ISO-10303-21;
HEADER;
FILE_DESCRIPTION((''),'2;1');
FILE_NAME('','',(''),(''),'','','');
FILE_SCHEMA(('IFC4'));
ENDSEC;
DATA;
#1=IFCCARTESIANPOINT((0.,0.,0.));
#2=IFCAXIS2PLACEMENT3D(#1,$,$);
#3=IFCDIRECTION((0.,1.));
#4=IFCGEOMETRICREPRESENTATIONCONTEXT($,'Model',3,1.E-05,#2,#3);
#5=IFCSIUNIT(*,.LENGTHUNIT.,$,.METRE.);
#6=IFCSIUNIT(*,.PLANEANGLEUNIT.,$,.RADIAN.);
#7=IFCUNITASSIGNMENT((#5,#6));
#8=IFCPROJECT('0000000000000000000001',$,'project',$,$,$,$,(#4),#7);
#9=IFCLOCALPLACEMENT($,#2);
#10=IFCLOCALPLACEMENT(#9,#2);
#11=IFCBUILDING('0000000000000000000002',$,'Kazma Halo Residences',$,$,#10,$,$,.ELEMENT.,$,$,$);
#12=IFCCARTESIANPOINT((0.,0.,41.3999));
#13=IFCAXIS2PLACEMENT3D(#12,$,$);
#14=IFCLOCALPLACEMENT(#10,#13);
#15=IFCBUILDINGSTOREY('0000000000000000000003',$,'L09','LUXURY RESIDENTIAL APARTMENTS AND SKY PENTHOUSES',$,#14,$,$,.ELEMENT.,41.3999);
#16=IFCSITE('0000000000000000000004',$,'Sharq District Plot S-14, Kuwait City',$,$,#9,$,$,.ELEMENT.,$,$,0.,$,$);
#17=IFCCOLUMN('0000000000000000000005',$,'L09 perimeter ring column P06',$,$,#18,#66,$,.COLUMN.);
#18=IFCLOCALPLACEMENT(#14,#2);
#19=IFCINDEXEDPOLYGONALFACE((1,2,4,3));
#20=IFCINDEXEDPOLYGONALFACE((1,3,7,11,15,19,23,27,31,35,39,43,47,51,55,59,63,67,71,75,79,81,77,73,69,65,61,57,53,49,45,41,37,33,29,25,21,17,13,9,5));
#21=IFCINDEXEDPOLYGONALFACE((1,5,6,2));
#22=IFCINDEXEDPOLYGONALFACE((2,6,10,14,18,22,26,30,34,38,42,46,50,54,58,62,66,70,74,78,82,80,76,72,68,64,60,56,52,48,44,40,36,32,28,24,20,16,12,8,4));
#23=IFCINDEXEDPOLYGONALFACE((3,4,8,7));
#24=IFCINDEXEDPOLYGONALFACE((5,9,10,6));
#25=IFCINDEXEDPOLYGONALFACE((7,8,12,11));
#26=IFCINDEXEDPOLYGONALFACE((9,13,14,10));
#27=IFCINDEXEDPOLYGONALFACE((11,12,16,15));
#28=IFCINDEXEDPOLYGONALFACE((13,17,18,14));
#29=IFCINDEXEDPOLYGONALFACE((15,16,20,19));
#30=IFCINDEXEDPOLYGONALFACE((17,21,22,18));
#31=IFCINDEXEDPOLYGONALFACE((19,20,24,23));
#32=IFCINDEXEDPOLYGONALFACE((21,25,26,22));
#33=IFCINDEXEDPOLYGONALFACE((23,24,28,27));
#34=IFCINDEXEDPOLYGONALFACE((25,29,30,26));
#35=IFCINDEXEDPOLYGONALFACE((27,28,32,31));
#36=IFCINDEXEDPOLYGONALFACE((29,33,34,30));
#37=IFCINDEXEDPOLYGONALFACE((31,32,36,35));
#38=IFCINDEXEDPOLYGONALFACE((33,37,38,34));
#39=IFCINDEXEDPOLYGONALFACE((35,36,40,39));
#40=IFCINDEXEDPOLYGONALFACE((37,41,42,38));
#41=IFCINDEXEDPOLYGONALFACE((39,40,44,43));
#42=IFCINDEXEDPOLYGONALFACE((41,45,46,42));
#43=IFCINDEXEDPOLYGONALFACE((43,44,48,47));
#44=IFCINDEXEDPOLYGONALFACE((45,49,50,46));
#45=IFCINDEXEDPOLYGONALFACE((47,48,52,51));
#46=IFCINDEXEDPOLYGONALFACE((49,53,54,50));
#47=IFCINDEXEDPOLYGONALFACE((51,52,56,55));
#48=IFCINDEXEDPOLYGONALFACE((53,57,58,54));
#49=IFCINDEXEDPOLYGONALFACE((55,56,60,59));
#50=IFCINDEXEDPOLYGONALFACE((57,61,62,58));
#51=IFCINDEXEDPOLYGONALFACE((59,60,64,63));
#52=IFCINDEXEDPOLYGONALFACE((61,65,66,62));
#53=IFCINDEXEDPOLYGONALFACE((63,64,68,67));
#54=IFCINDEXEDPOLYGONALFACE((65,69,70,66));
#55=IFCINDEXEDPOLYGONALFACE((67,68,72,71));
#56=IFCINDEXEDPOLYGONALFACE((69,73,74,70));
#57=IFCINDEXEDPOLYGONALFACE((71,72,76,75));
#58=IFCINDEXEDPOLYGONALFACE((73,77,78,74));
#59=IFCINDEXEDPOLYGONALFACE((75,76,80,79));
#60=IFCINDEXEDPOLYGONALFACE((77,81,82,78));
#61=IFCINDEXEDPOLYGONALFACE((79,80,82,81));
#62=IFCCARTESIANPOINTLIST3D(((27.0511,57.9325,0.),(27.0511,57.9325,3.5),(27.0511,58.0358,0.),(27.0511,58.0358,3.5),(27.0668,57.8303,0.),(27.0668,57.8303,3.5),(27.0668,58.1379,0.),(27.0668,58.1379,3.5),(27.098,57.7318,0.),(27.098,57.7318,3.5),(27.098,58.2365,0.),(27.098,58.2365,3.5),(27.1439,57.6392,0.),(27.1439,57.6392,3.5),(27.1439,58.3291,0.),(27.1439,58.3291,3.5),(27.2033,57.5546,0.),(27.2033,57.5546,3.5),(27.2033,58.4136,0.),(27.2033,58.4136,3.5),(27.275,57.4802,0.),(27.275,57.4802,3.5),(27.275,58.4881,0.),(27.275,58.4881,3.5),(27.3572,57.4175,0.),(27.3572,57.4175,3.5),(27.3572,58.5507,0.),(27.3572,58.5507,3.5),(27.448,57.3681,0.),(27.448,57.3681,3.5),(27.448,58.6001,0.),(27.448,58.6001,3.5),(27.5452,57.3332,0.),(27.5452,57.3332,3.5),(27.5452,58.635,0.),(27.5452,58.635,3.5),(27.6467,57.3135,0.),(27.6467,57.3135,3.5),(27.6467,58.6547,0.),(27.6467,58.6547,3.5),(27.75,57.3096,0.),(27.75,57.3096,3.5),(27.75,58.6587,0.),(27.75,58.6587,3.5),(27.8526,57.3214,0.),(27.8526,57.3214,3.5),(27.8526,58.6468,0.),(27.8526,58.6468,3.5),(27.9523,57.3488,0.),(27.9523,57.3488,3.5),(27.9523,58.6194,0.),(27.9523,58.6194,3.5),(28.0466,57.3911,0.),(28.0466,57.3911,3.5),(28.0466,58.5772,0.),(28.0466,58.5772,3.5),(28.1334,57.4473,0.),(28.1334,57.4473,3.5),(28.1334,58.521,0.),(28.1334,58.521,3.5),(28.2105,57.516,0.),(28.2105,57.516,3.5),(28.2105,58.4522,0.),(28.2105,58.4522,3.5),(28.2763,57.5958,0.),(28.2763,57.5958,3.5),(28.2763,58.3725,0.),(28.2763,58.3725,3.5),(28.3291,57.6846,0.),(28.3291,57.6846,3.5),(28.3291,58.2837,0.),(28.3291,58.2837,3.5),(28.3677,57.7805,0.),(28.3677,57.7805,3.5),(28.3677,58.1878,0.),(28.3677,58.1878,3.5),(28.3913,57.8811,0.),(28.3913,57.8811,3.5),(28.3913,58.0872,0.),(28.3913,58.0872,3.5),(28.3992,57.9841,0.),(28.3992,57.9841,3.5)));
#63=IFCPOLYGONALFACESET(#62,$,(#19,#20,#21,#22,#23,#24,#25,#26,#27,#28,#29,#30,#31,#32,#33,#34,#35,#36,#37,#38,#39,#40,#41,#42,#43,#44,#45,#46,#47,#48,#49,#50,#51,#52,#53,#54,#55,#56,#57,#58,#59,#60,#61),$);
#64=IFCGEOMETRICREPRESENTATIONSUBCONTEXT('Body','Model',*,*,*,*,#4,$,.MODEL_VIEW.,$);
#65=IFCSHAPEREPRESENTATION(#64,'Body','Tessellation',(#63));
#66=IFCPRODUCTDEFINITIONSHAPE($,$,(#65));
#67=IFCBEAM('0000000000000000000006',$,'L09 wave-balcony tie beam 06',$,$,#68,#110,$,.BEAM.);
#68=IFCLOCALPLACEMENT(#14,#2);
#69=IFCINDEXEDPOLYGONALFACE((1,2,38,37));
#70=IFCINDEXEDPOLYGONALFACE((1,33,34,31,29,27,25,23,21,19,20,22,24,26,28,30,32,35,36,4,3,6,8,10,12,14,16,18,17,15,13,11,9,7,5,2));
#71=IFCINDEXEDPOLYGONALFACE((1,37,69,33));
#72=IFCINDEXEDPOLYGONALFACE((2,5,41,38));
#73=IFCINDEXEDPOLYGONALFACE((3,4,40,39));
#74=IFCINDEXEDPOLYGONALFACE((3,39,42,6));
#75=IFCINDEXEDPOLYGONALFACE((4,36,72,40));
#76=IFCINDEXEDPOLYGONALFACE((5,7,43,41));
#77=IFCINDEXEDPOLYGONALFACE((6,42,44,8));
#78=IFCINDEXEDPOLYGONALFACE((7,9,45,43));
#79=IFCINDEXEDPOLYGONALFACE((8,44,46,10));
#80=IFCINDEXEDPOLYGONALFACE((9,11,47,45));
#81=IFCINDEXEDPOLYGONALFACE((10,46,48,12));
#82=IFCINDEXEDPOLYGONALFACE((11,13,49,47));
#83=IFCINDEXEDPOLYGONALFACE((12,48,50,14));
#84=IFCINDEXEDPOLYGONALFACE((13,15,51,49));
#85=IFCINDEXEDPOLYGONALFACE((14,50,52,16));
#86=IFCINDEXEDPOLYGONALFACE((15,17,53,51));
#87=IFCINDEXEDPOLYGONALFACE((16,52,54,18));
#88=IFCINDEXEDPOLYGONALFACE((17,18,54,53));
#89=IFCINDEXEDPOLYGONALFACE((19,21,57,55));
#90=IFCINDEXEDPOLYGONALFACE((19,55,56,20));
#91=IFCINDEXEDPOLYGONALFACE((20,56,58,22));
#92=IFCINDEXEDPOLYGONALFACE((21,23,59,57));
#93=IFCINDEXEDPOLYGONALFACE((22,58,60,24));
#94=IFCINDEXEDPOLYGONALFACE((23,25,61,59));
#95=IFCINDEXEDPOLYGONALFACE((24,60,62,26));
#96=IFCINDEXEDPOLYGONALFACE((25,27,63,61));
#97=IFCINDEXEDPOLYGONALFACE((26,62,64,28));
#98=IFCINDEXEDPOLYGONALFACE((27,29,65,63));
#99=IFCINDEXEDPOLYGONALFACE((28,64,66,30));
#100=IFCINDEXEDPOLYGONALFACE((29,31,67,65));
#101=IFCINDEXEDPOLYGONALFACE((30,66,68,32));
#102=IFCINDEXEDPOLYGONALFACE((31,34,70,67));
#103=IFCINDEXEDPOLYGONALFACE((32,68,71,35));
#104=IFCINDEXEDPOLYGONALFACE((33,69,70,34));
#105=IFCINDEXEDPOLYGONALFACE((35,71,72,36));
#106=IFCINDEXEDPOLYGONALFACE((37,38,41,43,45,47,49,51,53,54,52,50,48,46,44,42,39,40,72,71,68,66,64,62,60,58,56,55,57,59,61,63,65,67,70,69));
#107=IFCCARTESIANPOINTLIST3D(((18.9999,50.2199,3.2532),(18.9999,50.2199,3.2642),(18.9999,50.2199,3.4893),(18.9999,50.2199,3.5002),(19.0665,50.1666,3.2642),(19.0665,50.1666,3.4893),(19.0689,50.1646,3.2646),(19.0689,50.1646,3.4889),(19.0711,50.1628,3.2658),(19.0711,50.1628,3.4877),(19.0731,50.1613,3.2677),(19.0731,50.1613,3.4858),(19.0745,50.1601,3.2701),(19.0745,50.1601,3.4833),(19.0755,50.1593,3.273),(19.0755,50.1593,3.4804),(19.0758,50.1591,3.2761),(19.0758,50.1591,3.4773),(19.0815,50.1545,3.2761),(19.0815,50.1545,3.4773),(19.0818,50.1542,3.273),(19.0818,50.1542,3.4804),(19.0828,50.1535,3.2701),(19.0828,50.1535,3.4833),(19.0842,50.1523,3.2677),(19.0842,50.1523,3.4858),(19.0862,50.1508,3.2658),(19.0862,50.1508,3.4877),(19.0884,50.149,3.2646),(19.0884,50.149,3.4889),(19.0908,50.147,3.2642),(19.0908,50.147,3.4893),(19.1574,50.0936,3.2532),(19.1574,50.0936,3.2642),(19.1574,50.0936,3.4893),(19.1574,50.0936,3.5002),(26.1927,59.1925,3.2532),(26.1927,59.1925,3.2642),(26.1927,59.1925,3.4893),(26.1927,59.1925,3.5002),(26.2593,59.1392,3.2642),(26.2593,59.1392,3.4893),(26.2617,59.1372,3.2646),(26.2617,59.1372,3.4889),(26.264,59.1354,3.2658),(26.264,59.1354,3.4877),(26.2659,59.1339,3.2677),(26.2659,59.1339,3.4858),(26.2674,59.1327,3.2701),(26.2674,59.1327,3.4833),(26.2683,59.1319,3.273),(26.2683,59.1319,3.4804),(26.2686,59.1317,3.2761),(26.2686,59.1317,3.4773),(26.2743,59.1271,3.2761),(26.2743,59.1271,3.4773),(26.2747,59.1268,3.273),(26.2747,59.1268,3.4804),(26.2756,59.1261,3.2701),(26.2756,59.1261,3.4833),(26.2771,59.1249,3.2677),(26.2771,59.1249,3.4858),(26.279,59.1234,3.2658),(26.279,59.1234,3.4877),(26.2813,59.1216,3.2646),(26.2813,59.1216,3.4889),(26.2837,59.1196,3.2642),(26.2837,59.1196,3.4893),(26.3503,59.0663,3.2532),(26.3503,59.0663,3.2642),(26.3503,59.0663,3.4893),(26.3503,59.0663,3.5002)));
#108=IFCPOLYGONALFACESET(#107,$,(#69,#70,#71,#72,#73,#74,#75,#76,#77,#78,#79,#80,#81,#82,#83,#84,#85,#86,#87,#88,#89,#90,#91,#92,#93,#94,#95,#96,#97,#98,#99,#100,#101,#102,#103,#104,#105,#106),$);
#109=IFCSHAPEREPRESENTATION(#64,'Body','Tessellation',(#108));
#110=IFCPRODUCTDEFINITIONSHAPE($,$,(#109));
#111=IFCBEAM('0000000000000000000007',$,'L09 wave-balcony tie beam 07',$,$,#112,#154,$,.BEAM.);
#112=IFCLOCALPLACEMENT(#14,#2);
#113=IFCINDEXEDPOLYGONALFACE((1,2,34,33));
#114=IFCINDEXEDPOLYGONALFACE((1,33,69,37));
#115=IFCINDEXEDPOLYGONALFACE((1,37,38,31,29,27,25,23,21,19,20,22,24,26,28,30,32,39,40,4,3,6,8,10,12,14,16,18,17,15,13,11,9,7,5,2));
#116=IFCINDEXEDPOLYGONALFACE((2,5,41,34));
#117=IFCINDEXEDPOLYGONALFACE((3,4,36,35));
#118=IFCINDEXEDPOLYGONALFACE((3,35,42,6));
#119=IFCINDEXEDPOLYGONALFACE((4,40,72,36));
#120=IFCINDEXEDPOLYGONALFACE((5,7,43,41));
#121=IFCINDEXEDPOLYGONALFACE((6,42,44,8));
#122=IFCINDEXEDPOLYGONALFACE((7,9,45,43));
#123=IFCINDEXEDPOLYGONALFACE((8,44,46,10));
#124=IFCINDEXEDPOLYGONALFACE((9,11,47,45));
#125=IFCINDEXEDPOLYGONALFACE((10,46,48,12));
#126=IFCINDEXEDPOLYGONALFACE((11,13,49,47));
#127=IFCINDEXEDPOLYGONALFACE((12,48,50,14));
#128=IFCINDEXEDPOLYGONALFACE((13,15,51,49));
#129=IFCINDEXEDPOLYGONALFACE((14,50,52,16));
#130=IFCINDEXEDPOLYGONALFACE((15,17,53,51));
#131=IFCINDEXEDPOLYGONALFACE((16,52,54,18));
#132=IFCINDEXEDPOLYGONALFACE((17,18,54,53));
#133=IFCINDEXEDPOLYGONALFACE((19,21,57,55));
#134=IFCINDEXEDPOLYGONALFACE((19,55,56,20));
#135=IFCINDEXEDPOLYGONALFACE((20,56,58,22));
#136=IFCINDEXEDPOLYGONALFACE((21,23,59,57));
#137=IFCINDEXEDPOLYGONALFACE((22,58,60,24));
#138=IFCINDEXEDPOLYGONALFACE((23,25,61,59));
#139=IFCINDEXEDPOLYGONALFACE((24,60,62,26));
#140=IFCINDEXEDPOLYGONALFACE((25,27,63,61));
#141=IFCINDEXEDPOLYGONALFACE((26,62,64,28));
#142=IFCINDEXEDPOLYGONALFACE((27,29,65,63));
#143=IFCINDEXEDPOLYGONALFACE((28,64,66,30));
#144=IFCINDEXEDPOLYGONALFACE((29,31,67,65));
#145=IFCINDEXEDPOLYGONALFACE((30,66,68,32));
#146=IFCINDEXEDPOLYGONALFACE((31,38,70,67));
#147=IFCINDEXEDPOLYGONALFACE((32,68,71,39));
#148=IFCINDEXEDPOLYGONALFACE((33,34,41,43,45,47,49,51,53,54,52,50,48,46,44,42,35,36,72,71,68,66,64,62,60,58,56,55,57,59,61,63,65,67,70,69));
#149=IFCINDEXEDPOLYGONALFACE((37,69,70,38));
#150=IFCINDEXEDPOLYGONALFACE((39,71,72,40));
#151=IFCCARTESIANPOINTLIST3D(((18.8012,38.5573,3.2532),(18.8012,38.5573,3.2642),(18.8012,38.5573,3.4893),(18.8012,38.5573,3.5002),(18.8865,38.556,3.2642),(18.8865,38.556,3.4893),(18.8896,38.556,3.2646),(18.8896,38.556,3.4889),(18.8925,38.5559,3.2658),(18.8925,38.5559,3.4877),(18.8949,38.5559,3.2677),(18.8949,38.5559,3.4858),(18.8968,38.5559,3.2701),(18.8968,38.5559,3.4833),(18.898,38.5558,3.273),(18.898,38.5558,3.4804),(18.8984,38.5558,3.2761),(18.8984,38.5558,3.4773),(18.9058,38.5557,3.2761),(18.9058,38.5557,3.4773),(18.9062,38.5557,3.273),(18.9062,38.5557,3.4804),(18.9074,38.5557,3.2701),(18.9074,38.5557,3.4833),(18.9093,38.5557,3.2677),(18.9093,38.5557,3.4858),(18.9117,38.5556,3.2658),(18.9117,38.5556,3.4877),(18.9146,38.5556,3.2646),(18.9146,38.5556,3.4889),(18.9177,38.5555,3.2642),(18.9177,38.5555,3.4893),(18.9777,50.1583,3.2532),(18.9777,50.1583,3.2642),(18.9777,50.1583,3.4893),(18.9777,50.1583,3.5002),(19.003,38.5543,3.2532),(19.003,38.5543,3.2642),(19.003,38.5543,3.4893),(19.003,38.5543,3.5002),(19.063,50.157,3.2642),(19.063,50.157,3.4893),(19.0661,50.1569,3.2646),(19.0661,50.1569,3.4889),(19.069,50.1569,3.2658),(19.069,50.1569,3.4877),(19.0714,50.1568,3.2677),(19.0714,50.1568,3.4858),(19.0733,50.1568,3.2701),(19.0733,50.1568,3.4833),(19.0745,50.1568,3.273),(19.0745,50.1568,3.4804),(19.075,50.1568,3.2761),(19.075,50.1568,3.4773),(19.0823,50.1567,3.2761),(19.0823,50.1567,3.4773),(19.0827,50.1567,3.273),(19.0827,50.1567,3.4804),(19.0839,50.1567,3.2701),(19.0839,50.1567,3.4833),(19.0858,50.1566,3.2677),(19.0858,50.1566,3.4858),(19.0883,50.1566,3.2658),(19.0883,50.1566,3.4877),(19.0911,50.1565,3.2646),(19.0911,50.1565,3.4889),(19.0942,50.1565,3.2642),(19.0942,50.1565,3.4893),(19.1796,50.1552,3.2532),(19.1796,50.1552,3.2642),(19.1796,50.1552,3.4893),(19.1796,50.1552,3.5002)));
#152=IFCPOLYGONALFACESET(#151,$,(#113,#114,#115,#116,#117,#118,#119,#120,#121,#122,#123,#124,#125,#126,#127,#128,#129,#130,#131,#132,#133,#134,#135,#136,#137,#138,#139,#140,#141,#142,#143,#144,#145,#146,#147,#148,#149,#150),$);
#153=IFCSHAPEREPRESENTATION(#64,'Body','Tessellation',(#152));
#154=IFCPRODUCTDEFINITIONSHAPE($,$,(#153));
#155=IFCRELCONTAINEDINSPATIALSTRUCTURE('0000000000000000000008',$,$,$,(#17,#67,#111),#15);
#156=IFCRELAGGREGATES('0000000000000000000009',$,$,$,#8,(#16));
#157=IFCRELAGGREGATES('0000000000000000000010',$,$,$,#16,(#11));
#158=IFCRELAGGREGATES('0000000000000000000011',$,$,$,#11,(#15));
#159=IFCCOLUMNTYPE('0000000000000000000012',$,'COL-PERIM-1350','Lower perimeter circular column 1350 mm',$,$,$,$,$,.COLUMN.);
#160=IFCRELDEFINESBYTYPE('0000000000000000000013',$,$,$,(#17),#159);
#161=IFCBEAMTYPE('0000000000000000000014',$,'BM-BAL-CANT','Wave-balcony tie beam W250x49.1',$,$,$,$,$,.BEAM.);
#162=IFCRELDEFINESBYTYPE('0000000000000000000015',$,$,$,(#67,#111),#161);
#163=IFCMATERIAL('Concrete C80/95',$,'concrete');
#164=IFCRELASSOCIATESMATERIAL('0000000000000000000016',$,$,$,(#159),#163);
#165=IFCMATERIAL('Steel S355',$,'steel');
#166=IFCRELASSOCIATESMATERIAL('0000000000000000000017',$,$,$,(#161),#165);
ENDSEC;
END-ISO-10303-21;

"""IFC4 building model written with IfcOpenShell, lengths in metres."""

from ifc_helpers import new_model, si_unit, direction, frame, origin, origin_2d, place, context, subcontext, project, spatial, circle, i_section, extrude, material, material_profile, profile_set, type_object, element, save


model = new_model("IFC4")

# Units and contexts
model_context = context("Model", 3, precision=1e-05, world=origin(), true_north=direction((0.0, 1.0)))
body_context = subcontext(model_context, "Body", "Model", "MODEL_VIEW")
ifc_project = project(units=[si_unit("LENGTHUNIT", "METRE"), si_unit("PLANEANGLEUNIT", "RADIAN")], contexts=[model_context])

# Site, building, storey
site_placement = place(None, origin())
site = spatial("IfcSite", under=ifc_project, at=site_placement, Name="Sharq District Plot S-14, Kuwait City", CompositionType="ELEMENT", RefElevation=0.0)
building_placement = place(site_placement, origin())
building = spatial("IfcBuilding", under=site, at=building_placement, Name="Kazma Halo Residences", CompositionType="ELEMENT")
storey_placement = place(building_placement, frame((0.0, 0.0, 41.3999)))
storey = spatial("IfcBuildingStorey", under=building, at=storey_placement, Name="L09", Description="LUXURY RESIDENTIAL APARTMENTS AND SKY PENTHOUSES", CompositionType="ELEMENT", Elevation=41.3999)

# Column
ifc_material_1 = material(Name="Concrete C80/95", Category="concrete")
ifc_material_profile_1 = material_profile(ifc_material_1, circle(Radius=0.675, at=origin_2d()), Name="CIRC1350")
ifc_profile_set_1 = profile_set([ifc_material_profile_1], Name="Concrete C80/95")
column_type = type_object("IfcColumnType", Name="COL-PERIM-1350", Description="Lower perimeter circular column 1350 mm", PredefinedType="COLUMN", material=ifc_profile_set_1)
column_placement = place(storey_placement, frame((27.7241, 57.9841, 0.0), z_axis=(0.0, 0.0, 1.0), x_axis=(1.0, 0.0, 0.0)))
element("IfcColumn", 1, at=column_placement, inside=storey, type_object=column_type, Name="L09 perimeter ring column P06", PredefinedType="COLUMN", context=body_context, shape_type="SweptSolid", body=[
    extrude(circle(Radius=0.675, at=origin_2d()), origin(), (0.0, 0.0, 1.0), 3.5),
])

# Beams
ifc_material_2 = material(Name="Steel S355", Category="steel")
ifc_material_profile_2 = material_profile(ifc_material_2, i_section(OverallWidth=0.2019, OverallDepth=0.2471, WebThickness=0.0073, FlangeThickness=0.011, FilletRadius=0.012, at=origin_2d()), Name="W250x49.1")
ifc_profile_set_2 = profile_set([ifc_material_profile_2], Name="Steel S355")
beam_type_1 = type_object("IfcBeamType", Name="BM-BAL-CANT", Description="Wave-balcony tie beam W250x49.1", PredefinedType="BEAM", material=ifc_profile_set_2)
beam_1_placement = place(storey_placement, frame((26.2715, 59.1294, 3.3767), z_axis=(-0.625477, -0.780243, 0.0), x_axis=(0.780243, -0.625477, 0.0)))
element("IfcBeam", 2, at=beam_1_placement, inside=storey, type_object=beam_type_1, Name="L09 wave-balcony tie beam 06", PredefinedType="BEAM", context=body_context, shape_type="SweptSolid", body=[
    extrude(i_section(OverallWidth=0.2019, OverallDepth=0.2471, WebThickness=0.0073, FlangeThickness=0.011, FilletRadius=0.012, at=origin_2d()), origin(), (0.0, 0.0, 1.0), 11.4998),
])
beam_2_placement = place(storey_placement, frame((19.0786, 50.1567, 3.3767), z_axis=(-0.015214, -0.999884, 0.0), x_axis=(0.999884, -0.015214, 0.0)))
element("IfcBeam", 3, at=beam_2_placement, inside=storey, type_object=beam_type_1, Name="L09 wave-balcony tie beam 07", PredefinedType="BEAM", context=body_context, shape_type="SweptSolid", body=[
    extrude(i_section(OverallWidth=0.2019, OverallDepth=0.2471, WebThickness=0.0073, FlangeThickness=0.011, FilletRadius=0.012, at=origin_2d()), origin(), (0.0, 0.0, 1.0), 11.6023),
])

save(model, "model.ifc")
